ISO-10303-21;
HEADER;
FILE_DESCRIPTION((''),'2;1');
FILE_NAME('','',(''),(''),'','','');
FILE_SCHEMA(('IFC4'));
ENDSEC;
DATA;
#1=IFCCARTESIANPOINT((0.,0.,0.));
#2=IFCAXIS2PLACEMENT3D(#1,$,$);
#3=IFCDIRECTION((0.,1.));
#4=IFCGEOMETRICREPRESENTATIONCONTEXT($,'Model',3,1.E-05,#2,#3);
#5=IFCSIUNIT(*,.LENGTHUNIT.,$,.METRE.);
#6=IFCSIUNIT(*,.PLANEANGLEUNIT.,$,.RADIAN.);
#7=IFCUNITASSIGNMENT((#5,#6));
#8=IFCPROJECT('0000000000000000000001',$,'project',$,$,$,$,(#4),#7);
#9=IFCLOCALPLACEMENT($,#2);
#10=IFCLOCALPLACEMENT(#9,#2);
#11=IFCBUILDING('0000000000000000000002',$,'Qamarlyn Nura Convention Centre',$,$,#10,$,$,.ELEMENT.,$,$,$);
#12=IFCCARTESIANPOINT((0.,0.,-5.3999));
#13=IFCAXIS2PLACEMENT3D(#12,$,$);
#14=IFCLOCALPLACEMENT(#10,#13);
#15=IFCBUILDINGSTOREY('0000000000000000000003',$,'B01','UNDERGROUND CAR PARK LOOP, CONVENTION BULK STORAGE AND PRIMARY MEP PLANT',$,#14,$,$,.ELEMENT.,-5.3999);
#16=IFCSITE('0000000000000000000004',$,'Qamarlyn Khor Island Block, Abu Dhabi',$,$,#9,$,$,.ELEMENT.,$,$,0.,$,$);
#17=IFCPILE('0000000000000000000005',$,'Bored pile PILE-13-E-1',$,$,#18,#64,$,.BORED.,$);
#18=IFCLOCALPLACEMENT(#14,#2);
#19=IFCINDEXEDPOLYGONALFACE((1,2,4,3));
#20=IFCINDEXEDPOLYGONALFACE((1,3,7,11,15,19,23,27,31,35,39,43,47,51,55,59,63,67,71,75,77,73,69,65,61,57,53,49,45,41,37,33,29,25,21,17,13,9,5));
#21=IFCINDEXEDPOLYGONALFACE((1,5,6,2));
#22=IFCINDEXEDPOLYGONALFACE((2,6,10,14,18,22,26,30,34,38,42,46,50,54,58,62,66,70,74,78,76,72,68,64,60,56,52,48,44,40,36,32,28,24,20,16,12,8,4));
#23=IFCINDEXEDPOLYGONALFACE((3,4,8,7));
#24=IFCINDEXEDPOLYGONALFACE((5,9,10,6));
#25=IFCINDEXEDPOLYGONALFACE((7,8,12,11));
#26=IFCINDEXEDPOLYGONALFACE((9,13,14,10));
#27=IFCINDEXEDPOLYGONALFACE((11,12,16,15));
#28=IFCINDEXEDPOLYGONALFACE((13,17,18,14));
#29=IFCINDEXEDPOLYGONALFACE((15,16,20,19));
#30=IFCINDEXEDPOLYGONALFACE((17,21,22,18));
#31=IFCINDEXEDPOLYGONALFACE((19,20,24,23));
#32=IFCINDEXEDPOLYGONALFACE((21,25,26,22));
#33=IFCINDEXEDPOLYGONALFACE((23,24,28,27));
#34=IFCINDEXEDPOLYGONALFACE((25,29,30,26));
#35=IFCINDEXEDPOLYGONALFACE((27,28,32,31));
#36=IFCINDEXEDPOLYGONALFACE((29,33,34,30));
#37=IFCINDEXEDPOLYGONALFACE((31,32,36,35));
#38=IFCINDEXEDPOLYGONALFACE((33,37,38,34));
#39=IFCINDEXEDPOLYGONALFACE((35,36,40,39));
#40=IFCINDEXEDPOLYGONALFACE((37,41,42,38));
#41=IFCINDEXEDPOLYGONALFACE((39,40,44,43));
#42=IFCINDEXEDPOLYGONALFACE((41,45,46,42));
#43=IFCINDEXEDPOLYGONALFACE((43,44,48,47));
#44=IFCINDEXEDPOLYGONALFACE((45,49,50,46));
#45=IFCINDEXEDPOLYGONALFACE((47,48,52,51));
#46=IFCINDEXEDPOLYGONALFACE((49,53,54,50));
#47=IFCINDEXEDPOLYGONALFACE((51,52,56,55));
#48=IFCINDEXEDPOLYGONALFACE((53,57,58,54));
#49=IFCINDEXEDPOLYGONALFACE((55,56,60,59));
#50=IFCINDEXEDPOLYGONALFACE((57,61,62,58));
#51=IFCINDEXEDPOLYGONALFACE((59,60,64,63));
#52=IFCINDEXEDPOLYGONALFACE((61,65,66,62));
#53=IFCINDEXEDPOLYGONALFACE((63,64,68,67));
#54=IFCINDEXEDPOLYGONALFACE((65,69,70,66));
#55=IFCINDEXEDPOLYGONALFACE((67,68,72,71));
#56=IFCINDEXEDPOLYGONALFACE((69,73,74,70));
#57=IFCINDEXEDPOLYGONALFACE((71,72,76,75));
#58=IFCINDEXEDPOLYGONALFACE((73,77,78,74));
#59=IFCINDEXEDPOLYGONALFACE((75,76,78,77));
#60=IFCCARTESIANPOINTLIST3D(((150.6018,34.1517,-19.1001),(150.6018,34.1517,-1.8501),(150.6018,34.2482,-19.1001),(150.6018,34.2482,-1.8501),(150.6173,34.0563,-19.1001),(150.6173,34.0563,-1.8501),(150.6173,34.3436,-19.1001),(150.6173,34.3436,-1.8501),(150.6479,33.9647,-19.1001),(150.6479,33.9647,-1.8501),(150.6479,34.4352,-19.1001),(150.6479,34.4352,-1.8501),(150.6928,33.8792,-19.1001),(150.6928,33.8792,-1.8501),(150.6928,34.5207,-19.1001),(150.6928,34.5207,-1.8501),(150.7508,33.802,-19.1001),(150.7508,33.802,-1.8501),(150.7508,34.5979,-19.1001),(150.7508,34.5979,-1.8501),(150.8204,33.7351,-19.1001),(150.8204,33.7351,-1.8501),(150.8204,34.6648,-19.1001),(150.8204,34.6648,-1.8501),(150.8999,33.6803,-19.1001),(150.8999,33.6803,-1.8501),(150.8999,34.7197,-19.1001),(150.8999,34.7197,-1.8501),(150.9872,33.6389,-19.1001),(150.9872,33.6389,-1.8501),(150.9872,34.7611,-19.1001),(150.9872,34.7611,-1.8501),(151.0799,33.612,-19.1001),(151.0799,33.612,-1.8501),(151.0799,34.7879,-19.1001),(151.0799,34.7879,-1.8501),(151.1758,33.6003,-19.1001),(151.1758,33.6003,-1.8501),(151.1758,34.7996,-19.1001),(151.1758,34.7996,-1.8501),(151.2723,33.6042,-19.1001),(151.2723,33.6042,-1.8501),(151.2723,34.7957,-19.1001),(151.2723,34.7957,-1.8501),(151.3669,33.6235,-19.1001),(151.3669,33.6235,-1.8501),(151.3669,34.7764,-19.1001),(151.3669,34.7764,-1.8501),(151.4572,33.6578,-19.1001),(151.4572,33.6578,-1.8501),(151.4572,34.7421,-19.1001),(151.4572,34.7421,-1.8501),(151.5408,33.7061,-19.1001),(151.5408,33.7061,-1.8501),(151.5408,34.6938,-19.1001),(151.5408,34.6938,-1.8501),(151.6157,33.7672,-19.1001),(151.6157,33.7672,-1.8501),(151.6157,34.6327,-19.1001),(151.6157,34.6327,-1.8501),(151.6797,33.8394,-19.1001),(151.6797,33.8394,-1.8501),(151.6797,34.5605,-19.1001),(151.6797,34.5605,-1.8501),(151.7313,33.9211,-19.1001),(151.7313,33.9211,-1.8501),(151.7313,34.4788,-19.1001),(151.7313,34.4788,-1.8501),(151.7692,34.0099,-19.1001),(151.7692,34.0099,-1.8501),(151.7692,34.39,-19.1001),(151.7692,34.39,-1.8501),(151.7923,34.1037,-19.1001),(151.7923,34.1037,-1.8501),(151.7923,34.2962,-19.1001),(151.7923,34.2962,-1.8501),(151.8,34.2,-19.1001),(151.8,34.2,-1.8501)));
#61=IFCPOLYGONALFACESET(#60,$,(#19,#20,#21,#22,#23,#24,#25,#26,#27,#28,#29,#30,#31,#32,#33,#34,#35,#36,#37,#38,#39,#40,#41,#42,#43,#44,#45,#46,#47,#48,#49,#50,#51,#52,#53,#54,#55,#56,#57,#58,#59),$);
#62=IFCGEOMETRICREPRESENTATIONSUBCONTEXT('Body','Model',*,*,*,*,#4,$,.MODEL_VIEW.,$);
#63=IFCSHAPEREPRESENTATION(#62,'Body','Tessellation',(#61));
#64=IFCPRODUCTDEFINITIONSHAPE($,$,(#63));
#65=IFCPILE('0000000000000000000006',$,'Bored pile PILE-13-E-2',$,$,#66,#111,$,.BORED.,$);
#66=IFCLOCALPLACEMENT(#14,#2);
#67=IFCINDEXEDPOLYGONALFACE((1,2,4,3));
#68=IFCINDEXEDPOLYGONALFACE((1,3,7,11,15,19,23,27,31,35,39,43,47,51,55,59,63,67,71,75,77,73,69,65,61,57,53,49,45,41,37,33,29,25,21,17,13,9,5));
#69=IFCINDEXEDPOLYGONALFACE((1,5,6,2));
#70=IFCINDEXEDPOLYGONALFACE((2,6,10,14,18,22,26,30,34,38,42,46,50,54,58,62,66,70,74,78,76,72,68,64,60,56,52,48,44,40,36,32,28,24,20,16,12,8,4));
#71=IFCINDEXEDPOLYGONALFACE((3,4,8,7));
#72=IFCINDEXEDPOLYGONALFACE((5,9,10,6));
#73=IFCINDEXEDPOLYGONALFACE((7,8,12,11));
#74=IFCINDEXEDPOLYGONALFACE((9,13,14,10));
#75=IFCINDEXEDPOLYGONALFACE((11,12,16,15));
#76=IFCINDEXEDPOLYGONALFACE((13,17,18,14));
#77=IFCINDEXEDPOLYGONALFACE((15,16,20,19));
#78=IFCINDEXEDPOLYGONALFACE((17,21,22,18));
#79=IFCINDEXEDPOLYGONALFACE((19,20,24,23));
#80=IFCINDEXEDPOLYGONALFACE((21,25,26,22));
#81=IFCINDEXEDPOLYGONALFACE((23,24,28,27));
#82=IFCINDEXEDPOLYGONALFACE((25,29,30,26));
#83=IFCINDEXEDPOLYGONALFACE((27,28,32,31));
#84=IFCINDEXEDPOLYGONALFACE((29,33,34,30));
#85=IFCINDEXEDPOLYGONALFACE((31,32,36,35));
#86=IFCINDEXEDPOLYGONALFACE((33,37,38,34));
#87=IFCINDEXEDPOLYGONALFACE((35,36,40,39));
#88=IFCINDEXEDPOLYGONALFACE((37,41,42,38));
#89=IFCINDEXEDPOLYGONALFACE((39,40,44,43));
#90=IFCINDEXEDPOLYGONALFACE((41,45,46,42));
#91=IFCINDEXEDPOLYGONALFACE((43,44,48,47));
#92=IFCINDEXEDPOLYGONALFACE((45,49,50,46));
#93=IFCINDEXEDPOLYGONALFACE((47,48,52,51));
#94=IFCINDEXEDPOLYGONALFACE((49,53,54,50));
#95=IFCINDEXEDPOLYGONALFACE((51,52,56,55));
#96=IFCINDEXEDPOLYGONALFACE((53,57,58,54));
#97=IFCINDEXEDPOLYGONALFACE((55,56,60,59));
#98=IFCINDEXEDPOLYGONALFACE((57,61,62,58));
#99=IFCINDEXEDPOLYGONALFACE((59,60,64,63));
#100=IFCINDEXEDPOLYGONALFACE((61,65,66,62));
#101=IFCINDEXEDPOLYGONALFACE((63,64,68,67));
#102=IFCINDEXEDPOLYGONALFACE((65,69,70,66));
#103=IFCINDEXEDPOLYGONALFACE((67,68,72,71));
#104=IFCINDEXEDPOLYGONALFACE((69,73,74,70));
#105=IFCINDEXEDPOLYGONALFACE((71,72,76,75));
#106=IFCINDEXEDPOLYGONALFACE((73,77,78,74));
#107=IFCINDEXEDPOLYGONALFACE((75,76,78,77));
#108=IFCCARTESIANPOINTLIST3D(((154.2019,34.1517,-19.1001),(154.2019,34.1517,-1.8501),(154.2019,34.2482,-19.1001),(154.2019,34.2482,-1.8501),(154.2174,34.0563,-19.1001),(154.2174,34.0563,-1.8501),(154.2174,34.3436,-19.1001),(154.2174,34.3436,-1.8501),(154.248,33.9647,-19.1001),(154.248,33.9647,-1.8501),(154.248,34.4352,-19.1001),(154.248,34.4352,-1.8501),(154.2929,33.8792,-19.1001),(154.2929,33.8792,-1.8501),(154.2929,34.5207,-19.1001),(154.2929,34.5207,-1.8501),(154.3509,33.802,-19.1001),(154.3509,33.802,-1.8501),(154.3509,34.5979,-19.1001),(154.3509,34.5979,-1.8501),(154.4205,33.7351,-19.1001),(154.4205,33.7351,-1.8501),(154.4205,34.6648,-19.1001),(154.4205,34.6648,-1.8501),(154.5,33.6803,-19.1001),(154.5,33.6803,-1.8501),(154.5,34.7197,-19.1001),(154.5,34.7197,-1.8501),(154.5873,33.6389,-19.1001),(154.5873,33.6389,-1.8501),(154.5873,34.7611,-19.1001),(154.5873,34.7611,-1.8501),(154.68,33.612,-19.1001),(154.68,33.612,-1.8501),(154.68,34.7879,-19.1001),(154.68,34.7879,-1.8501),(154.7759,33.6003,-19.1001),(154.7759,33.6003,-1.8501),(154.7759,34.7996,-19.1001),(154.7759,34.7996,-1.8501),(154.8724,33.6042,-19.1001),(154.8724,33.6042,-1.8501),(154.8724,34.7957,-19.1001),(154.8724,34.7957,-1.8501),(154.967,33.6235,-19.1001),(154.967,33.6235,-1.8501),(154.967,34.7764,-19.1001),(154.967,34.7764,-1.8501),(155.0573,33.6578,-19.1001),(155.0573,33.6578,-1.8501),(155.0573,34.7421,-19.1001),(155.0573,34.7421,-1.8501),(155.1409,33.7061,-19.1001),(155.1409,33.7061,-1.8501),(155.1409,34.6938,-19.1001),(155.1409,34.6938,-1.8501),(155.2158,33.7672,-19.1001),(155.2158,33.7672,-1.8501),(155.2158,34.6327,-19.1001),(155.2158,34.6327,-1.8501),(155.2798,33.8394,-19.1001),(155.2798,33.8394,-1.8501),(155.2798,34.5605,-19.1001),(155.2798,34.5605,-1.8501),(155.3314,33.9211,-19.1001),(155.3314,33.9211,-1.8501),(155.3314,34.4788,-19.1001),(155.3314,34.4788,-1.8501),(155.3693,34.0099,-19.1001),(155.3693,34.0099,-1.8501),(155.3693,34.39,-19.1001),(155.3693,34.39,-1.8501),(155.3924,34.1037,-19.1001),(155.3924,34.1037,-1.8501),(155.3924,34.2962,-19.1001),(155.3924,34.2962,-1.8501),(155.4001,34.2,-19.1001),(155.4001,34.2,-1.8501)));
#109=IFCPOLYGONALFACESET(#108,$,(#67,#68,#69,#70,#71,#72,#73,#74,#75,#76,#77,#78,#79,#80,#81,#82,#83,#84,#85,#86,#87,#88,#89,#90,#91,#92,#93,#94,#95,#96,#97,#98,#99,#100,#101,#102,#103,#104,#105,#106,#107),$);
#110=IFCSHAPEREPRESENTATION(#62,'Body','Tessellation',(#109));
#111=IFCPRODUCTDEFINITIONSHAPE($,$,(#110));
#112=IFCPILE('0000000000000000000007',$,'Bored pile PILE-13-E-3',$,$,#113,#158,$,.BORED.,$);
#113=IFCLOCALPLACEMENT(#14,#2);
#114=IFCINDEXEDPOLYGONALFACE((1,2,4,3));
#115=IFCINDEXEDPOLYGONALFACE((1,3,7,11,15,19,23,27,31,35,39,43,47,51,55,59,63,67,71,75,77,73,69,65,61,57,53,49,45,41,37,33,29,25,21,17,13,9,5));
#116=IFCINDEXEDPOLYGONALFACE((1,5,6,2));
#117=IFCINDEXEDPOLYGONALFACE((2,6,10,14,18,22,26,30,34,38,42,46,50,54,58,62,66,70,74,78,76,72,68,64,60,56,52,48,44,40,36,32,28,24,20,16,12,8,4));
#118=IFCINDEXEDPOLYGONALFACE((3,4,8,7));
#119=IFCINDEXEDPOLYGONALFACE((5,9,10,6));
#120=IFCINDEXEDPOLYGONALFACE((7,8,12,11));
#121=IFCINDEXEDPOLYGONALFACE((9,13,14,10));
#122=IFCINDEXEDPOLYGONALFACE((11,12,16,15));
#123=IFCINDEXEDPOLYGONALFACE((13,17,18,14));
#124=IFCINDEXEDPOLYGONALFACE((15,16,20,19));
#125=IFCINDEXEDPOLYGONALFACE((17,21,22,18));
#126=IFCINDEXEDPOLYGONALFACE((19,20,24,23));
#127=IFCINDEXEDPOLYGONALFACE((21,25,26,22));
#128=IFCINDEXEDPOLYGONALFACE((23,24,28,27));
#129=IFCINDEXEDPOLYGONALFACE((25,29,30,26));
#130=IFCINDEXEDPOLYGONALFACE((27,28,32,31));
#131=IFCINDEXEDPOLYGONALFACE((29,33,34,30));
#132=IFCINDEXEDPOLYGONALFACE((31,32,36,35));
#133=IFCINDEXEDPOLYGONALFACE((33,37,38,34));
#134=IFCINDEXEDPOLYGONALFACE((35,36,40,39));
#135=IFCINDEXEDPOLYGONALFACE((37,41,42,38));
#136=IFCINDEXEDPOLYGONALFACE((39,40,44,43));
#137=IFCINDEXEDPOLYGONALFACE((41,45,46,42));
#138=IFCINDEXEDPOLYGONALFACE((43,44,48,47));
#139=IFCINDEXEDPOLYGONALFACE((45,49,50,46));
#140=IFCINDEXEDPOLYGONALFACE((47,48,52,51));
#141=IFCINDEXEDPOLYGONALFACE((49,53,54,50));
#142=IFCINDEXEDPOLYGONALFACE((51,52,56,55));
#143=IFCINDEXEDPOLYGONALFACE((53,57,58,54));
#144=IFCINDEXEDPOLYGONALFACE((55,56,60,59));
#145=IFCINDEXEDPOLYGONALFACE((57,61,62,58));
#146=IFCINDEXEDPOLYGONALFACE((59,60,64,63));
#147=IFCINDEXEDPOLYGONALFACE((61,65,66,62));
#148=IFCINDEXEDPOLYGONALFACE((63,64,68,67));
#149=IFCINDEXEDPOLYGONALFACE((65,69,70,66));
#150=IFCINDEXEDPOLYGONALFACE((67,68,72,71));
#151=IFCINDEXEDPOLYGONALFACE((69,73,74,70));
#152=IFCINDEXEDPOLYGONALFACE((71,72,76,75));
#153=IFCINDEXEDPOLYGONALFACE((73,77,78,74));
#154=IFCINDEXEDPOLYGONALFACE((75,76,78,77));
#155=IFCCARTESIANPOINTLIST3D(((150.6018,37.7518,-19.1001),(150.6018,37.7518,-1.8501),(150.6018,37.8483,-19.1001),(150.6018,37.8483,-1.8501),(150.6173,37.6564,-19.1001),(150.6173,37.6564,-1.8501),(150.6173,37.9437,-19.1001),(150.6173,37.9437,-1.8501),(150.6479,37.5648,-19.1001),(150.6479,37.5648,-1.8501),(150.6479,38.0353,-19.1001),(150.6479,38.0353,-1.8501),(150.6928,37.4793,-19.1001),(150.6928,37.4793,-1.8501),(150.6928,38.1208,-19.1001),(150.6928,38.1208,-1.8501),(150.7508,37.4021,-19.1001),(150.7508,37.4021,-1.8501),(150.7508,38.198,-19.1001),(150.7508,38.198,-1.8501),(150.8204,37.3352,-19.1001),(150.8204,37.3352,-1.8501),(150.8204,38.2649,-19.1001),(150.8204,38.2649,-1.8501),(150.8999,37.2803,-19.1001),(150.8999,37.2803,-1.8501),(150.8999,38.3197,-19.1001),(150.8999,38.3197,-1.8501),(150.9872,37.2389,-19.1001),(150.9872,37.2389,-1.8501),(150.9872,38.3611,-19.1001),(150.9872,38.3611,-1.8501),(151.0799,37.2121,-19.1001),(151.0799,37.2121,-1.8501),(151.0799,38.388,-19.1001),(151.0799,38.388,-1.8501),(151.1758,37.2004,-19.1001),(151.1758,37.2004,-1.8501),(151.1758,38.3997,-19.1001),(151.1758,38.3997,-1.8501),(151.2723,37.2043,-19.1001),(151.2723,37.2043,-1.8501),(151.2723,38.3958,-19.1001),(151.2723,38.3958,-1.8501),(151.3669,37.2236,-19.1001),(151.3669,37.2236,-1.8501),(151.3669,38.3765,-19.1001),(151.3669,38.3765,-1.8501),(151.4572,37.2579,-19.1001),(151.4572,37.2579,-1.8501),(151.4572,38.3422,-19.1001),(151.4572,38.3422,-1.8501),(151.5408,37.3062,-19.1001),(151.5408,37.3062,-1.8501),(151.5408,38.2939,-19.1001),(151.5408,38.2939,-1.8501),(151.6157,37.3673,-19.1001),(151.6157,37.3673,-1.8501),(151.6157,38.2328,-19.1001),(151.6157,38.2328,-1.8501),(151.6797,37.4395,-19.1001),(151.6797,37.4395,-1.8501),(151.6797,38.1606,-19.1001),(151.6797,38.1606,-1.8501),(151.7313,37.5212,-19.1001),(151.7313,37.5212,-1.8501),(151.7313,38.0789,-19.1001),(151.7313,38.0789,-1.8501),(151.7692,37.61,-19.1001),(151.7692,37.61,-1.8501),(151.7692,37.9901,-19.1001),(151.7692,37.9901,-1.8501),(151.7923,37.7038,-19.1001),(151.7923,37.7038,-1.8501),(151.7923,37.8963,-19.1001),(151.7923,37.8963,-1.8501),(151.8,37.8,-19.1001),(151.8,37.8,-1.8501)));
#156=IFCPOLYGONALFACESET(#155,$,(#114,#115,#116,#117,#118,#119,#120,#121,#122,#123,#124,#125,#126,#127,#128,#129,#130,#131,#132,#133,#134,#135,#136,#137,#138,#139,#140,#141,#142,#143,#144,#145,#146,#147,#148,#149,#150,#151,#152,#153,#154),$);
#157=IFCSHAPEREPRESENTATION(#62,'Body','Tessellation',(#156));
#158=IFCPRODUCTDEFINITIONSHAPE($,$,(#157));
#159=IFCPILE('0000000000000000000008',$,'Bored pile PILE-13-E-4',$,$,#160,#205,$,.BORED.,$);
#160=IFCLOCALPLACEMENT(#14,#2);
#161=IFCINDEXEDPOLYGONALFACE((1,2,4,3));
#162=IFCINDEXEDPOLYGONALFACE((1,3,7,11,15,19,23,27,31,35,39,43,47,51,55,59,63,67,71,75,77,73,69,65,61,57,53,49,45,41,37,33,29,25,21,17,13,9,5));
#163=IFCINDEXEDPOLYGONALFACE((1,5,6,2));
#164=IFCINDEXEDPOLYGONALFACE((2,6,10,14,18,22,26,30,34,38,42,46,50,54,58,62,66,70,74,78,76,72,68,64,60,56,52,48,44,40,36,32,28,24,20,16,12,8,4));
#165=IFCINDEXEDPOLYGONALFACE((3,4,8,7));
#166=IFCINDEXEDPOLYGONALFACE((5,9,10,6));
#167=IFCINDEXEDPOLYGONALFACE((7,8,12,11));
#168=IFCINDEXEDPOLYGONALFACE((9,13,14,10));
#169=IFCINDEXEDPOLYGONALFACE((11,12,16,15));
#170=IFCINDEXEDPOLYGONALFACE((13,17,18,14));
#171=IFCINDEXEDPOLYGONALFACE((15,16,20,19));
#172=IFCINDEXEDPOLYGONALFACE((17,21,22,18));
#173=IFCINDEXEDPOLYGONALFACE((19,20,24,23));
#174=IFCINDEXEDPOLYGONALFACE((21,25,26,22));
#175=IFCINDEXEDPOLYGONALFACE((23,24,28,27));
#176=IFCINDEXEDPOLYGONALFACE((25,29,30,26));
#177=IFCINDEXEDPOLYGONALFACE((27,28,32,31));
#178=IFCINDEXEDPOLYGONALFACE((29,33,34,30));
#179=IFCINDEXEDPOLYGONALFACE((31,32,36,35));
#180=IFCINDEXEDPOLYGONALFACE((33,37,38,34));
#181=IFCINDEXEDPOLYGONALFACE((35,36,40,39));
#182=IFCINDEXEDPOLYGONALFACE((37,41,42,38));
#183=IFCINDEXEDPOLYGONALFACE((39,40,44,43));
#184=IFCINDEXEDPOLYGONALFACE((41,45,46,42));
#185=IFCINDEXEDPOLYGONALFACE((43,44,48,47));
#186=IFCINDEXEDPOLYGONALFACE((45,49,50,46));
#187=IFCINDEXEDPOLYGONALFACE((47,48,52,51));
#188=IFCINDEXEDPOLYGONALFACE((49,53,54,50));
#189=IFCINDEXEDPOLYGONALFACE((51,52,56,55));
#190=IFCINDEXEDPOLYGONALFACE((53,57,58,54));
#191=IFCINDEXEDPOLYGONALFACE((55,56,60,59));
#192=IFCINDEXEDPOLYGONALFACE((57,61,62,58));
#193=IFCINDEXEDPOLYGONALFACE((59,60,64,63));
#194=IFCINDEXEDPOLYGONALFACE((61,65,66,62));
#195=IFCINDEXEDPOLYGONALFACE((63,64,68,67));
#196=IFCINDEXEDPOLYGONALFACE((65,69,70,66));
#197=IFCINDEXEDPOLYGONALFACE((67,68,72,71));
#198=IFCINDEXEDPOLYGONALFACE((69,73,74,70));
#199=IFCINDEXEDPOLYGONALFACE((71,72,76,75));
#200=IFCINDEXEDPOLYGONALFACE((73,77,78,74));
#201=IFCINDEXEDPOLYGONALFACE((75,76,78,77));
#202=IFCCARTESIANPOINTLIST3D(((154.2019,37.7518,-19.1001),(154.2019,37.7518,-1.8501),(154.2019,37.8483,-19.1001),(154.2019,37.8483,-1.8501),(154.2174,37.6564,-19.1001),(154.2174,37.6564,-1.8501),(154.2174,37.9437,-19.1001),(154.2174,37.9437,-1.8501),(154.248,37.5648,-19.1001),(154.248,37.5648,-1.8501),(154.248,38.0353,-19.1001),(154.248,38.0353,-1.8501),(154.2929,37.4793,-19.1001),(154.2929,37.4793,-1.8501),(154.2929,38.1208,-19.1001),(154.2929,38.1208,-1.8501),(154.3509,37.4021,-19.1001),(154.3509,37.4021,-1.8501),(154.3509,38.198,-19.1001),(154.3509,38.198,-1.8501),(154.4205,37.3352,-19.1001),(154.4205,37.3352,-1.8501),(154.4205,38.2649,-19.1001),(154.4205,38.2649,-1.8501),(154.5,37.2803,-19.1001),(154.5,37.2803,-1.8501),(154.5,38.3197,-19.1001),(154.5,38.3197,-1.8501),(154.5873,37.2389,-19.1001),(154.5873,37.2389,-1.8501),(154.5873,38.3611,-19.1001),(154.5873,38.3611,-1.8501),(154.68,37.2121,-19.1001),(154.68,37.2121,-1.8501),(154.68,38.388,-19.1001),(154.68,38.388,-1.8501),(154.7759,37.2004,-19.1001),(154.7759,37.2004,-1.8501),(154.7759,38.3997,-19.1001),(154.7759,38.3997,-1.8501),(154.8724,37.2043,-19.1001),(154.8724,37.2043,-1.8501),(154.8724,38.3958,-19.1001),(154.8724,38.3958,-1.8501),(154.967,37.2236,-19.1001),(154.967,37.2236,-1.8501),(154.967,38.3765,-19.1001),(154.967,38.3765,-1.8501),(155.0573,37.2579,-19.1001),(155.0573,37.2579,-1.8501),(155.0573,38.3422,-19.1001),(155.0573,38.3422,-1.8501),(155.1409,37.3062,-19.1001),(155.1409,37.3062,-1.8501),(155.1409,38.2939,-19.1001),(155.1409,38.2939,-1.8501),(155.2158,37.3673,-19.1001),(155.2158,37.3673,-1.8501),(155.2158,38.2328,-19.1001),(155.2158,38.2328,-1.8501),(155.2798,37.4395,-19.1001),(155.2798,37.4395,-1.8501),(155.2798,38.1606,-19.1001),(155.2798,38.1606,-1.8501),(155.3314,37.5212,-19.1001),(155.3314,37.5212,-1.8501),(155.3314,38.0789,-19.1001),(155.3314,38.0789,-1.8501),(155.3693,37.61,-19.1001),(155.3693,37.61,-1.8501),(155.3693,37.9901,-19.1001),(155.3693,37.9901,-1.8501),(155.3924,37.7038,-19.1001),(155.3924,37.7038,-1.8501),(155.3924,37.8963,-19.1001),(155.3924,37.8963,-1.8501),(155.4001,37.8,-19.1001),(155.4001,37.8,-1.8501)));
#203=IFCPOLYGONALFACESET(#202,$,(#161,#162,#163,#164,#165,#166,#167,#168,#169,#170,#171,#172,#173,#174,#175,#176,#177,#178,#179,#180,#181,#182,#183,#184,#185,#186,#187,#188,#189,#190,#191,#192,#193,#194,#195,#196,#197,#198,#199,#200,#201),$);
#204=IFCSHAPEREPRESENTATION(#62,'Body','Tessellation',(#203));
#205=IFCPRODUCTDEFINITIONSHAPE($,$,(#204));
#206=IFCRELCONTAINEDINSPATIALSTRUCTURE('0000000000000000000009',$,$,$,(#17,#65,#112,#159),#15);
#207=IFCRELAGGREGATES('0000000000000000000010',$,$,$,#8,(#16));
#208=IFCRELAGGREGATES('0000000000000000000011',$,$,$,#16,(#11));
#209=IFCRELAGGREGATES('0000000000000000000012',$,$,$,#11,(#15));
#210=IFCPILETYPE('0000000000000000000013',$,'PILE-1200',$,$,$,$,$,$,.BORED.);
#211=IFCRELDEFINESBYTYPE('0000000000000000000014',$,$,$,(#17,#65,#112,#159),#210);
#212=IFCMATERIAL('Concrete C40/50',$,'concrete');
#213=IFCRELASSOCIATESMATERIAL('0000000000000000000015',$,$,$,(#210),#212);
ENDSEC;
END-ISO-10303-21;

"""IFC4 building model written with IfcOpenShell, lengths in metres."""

from ifc_helpers import new_model, si_unit, direction, frame, origin, origin_2d, place, context, subcontext, project, spatial, circle, extrude, material, material_profile, profile_set, type_object, element, save


model = new_model("IFC4")

# Units and contexts
model_context = context("Model", 3, precision=1e-05, world=origin(), true_north=direction((0.0, 1.0)))
body_context = subcontext(model_context, "Body", "Model", "MODEL_VIEW")
ifc_project = project(units=[si_unit("LENGTHUNIT", "METRE"), si_unit("PLANEANGLEUNIT", "RADIAN")], contexts=[model_context])

# Site, building, storey
site_placement = place(None, origin())
site = spatial("IfcSite", under=ifc_project, at=site_placement, Name="Qamarlyn Khor Island Block, Abu Dhabi", CompositionType="ELEMENT", RefElevation=0.0)
building_placement = place(site_placement, origin())
building = spatial("IfcBuilding", under=site, at=building_placement, Name="Qamarlyn Nura Convention Centre", CompositionType="ELEMENT")
storey_placement = place(building_placement, frame((0.0, 0.0, -5.3999)))
storey = spatial("IfcBuildingStorey", under=building, at=storey_placement, Name="B01", Description="UNDERGROUND CAR PARK LOOP, CONVENTION BULK STORAGE AND PRIMARY MEP PLANT", CompositionType="ELEMENT", Elevation=-5.3999)

# Shared definitions
ifc_material_1 = material(Name="Concrete C40/50", Category="concrete")

# Piles
ifc_material_profile_1 = material_profile(ifc_material_1, circle(Radius=0.6001, at=origin_2d()), Name="BORED PILE 1200")
ifc_profile_set_1 = profile_set([ifc_material_profile_1], Name="Concrete C40/50")
pile_type_1 = type_object("IfcPileType", Name="PILE-1200", PredefinedType="BORED", material=ifc_profile_set_1)
for number, where, z_axis, x_axis, name in (
    (1, (151.2, 34.2, -1.8501), (0.0, 0.0, -1.0), (1.0, 0.0, 0.0), "Bored pile PILE-13-E-1"),
    (2, (154.8, 34.2, -1.8501), (0.0, 0.0, -1.0), (1.0, 0.0, 0.0), "Bored pile PILE-13-E-2"),
    (3, (151.2, 37.8, -1.8501), (0.0, 0.0, -1.0), (1.0, 0.0, 0.0), "Bored pile PILE-13-E-3"),
    (4, (154.8, 37.8, -1.8501), (0.0, 0.0, -1.0), (1.0, 0.0, 0.0), "Bored pile PILE-13-E-4"),
):
    element("IfcPile", number, at=place(storey_placement, frame(where, z_axis=z_axis, x_axis=x_axis)), inside=storey, type_object=pile_type_1, Name=name, PredefinedType="BORED", context=body_context, shape_type="SweptSolid", body=[
        extrude(circle(Radius=0.6001, at=origin_2d()), origin(), (0.0, 0.0, 1.0), 17.25),
    ])

save(model, "model.ifc")
